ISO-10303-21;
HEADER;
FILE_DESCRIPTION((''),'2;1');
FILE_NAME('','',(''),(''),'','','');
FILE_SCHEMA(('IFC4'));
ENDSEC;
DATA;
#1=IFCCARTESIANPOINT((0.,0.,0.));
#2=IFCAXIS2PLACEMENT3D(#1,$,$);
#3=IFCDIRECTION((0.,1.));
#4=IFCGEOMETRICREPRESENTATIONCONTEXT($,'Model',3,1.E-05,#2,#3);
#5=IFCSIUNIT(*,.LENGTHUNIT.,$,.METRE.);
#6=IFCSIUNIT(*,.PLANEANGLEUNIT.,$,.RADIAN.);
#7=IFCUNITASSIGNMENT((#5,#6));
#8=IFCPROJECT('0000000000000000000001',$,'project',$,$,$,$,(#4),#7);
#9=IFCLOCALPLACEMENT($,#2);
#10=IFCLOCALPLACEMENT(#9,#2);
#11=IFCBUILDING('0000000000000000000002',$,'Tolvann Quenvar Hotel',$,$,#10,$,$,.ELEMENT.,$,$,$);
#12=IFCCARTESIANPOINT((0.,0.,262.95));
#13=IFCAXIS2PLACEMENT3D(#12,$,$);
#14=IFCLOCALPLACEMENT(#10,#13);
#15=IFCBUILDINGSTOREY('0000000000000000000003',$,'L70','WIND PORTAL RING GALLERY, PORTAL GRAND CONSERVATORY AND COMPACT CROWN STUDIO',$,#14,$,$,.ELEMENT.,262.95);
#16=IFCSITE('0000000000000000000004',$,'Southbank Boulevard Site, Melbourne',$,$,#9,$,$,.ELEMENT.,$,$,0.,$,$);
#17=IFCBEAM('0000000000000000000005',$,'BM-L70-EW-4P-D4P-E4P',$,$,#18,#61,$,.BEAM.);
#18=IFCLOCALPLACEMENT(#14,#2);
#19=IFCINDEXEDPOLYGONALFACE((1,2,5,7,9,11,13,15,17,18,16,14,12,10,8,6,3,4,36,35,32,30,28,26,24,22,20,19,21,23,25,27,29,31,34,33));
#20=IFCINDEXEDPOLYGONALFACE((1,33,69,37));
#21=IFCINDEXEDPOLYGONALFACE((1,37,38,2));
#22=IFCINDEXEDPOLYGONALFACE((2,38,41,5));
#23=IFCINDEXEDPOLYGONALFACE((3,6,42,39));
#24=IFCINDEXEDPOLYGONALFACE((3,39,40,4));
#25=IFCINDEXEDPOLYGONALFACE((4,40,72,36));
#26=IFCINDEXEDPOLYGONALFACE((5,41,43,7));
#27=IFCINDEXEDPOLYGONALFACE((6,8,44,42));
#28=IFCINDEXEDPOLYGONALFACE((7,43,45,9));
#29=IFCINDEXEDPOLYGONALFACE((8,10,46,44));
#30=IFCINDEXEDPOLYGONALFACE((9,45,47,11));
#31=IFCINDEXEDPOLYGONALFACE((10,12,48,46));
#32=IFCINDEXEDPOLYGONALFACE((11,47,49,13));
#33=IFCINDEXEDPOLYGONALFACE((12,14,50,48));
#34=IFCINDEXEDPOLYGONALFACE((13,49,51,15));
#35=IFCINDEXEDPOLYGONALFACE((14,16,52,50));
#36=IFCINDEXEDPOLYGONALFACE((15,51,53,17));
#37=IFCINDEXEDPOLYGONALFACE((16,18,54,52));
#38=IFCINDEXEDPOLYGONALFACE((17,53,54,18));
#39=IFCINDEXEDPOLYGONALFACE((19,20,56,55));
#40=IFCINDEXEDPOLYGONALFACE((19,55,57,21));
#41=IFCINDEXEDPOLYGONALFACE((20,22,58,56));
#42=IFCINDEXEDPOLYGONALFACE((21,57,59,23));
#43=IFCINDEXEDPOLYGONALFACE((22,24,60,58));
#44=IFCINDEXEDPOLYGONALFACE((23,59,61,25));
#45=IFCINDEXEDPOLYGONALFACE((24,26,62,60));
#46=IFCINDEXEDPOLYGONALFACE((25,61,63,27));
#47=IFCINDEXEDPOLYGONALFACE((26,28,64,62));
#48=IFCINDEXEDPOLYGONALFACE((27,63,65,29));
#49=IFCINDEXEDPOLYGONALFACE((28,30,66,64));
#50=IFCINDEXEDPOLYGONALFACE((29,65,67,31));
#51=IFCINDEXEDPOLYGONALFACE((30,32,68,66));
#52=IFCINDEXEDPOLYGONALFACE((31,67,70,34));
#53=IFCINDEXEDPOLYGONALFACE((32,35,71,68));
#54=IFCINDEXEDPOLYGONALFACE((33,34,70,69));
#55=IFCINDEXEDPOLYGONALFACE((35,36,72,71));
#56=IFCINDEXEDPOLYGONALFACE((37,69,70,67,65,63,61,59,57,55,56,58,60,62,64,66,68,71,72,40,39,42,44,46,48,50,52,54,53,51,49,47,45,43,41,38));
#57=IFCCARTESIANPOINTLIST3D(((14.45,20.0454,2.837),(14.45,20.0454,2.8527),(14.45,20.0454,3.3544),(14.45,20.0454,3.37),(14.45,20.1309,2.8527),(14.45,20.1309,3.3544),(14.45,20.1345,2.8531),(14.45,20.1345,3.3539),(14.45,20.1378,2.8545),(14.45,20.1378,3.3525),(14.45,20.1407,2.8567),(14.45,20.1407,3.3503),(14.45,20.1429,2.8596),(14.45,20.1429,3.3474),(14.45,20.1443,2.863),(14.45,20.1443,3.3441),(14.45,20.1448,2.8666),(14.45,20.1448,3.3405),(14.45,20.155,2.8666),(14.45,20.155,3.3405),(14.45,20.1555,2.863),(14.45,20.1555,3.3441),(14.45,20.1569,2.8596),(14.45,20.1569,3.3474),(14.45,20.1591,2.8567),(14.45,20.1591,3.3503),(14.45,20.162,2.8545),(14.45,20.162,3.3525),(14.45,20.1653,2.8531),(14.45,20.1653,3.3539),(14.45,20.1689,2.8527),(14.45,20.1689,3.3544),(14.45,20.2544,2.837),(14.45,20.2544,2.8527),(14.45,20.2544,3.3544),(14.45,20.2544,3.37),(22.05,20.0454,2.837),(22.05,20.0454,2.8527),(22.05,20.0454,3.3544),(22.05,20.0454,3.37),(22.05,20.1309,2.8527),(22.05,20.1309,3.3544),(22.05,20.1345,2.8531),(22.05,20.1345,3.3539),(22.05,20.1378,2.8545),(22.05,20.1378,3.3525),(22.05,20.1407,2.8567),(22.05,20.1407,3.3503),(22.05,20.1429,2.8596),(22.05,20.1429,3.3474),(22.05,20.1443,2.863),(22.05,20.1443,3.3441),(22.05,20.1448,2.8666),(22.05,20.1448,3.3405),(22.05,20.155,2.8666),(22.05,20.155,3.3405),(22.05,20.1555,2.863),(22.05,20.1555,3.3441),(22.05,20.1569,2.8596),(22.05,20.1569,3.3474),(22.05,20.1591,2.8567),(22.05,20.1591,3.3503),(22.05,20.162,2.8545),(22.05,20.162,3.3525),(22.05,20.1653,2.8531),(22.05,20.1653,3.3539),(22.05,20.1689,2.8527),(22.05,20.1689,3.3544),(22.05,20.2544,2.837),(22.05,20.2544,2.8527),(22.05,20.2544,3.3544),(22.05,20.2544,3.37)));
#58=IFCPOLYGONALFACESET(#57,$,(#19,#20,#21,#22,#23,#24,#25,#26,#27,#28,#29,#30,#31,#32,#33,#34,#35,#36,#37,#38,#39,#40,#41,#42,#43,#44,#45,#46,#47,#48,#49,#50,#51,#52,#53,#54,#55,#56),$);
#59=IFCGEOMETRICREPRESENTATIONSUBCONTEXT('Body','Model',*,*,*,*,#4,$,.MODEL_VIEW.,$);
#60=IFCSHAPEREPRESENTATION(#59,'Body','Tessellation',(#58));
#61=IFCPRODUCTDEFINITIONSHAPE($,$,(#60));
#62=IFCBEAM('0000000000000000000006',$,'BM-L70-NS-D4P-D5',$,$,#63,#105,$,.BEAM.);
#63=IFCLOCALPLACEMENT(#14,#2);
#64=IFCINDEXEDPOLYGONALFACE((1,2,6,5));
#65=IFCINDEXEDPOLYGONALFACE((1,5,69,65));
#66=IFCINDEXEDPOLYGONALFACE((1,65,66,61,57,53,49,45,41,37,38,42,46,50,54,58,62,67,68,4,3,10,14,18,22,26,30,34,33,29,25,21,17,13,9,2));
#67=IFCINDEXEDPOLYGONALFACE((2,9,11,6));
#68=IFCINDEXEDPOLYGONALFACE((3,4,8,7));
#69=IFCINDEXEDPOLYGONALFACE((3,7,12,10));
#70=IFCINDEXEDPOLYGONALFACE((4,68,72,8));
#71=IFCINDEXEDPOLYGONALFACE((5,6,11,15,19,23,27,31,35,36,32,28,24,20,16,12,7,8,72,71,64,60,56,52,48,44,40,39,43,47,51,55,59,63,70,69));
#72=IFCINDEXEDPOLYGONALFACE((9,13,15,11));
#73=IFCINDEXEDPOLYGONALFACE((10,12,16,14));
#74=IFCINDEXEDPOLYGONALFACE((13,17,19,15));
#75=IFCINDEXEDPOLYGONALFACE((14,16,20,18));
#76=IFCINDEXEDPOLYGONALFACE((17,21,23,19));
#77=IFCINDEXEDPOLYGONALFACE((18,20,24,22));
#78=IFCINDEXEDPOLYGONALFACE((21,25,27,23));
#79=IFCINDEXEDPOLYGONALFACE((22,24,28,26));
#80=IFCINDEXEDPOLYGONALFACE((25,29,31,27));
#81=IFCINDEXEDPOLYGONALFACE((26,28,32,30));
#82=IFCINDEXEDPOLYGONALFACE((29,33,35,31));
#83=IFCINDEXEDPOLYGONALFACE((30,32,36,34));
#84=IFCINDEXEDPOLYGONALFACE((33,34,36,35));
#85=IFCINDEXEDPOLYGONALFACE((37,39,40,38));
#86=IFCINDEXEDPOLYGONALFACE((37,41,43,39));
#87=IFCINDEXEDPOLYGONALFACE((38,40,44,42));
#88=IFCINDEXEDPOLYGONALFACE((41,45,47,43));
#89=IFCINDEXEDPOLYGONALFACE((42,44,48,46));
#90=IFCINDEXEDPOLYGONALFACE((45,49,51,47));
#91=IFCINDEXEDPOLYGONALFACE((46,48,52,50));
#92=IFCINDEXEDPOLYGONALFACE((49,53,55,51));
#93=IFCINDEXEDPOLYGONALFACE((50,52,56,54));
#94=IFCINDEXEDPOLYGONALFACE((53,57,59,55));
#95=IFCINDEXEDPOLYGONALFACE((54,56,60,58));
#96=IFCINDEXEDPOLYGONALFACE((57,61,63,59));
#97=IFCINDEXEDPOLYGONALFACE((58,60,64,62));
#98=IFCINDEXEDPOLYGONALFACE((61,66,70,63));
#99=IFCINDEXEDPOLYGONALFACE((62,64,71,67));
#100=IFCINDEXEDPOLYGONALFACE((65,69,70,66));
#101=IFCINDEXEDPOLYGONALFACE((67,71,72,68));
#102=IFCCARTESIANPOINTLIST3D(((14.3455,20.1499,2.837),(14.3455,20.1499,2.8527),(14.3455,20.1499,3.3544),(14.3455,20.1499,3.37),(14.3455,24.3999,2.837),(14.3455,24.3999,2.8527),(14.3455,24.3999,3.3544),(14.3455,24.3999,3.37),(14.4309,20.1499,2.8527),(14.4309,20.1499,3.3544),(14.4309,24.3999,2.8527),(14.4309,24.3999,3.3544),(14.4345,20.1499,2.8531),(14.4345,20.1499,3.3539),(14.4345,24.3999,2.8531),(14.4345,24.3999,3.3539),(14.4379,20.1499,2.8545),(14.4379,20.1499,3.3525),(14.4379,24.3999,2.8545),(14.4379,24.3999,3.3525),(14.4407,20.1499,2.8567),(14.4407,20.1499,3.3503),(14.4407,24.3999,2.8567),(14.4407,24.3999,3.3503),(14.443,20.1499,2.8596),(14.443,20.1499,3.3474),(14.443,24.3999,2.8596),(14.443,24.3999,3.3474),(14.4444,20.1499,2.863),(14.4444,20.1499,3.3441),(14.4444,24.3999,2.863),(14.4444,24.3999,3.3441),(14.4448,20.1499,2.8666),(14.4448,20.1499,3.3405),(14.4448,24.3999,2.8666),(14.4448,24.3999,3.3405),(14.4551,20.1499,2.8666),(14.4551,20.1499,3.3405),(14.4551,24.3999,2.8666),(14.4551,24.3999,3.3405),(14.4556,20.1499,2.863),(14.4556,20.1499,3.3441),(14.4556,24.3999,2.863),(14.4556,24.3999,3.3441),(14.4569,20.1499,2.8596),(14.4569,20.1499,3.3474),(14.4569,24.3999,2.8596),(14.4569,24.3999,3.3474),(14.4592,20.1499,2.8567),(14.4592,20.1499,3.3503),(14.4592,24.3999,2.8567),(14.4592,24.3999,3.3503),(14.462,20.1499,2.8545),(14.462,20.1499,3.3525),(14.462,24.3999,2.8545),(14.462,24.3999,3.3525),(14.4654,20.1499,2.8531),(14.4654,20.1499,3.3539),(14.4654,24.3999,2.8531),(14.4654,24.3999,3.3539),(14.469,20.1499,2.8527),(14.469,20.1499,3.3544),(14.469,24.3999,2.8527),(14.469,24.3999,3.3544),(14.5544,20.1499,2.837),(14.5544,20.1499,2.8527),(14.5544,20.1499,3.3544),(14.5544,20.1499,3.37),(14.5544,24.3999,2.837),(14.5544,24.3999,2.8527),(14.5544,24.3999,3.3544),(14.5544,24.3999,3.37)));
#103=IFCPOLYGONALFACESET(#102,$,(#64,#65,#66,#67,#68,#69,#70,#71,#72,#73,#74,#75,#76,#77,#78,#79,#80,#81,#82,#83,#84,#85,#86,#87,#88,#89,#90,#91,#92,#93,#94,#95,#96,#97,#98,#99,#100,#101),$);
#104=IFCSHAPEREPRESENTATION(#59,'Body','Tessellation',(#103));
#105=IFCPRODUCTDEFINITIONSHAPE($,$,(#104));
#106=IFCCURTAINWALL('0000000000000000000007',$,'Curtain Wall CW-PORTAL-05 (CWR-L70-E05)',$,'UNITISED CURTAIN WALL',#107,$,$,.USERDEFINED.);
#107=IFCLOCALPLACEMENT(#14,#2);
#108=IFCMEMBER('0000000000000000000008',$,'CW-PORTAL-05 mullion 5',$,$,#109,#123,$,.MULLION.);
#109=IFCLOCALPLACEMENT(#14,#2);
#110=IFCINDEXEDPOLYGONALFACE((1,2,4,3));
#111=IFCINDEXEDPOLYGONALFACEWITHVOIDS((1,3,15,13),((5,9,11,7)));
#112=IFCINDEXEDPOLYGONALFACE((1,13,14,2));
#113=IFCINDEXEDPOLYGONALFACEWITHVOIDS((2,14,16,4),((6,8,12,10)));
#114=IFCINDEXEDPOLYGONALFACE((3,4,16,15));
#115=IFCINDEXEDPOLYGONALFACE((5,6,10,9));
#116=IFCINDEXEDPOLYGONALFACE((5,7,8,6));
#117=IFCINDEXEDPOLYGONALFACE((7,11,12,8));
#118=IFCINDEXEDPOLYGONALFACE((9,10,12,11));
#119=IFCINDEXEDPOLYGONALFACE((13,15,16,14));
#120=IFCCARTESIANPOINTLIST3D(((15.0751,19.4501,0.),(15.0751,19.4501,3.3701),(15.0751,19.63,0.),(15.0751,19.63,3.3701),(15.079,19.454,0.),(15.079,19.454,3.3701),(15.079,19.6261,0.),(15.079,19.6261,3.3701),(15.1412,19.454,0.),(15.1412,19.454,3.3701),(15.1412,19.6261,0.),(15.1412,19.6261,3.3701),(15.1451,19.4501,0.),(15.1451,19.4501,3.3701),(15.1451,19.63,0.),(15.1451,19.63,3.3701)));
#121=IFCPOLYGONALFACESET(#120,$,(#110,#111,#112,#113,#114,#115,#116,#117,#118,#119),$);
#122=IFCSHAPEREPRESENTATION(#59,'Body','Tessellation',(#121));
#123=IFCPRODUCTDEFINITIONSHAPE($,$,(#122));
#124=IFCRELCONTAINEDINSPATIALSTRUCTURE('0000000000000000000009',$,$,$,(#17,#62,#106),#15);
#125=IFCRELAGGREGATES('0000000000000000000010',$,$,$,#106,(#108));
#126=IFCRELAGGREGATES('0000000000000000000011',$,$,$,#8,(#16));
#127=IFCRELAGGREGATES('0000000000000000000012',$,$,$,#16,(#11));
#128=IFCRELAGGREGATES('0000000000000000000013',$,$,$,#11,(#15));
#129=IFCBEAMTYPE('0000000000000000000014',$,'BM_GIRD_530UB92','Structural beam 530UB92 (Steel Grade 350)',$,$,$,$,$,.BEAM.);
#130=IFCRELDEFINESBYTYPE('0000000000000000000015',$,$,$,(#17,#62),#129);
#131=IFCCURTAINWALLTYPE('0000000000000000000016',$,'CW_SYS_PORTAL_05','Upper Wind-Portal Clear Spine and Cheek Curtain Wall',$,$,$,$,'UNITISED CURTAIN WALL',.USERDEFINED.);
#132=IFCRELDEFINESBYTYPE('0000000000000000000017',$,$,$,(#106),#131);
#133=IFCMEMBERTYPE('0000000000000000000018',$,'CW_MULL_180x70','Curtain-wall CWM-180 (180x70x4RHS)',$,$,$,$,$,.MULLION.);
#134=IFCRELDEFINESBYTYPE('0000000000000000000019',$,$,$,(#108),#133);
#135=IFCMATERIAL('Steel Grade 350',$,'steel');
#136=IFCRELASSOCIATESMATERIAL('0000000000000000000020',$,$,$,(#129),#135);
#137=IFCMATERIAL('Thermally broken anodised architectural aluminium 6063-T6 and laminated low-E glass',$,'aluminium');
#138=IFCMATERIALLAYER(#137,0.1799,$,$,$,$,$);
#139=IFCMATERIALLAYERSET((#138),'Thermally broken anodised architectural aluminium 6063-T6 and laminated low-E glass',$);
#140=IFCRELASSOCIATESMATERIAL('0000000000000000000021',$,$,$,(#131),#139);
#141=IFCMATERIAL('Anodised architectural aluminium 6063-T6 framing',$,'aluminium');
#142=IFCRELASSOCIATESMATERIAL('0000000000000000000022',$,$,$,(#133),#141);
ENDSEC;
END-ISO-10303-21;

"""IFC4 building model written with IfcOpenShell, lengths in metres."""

from ifc_helpers import new_model, si_unit, direction, frame, origin, origin_2d, place, context, subcontext, project, spatial, hollow_rectangle, i_section, extrude, source, transform, mapped, material, layer, layer_set, material_profile, profile_set, type_object, type_shapes, element, aggregate, save


model = new_model("IFC4")

# Units and contexts
model_context = context("Model", 3, precision=1e-05, world=origin(), true_north=direction((0.0, 1.0)))
body_context = subcontext(model_context, "Body", "Model", "MODEL_VIEW")
ifc_project = project(units=[si_unit("LENGTHUNIT", "METRE"), si_unit("PLANEANGLEUNIT", "RADIAN")], contexts=[model_context])

# Site, building, storey
site_placement = place(None, origin())
site = spatial("IfcSite", under=ifc_project, at=site_placement, Name="Southbank Boulevard Site, Melbourne", CompositionType="ELEMENT", RefElevation=0.0)
building_placement = place(site_placement, origin())
building = spatial("IfcBuilding", under=site, at=building_placement, Name="Tolvann Quenvar Hotel", CompositionType="ELEMENT")
storey_placement = place(building_placement, frame((0.0, 0.0, 262.95)))
storey = spatial("IfcBuildingStorey", under=building, at=storey_placement, Name="L70", Description="WIND PORTAL RING GALLERY, PORTAL GRAND CONSERVATORY AND COMPACT CROWN STUDIO", CompositionType="ELEMENT", Elevation=262.95)

# Shared definitions
ifc_material_1 = material(Name="Steel Grade 350", Category="steel")

# Beams
ifc_material_profile_1 = material_profile(ifc_material_1, i_section(OverallWidth=0.209, OverallDepth=0.533, WebThickness=0.0103, FlangeThickness=0.0156, FilletRadius=0.0139, at=origin_2d()), Name="530UB92")
ifc_profile_set_1 = profile_set([ifc_material_profile_1], Name="Steel Grade 350")
beam_type_1 = type_object("IfcBeamType", Name="BM_GIRD_530UB92", Description="Structural beam 530UB92 (Steel Grade 350)", PredefinedType="BEAM", material=ifc_profile_set_1)
shared_shape_1 = source(origin(), body_context, "Body", "SweptSolid", [
    extrude(i_section(OverallWidth=0.209, OverallDepth=0.533, WebThickness=0.0103, FlangeThickness=0.0156, FilletRadius=0.0139, at=origin_2d()), origin(), (0.0, 0.0, 1.0), 7.6001),
])
beam_1_placement = place(storey_placement, frame((14.45, 20.1499, 3.1035), z_axis=(1.0, 0.0, 0.0), x_axis=(0.0, 1.0, 0.0)))
element("IfcBeam", 1, at=beam_1_placement, inside=storey, type_object=beam_type_1, Name="BM-L70-EW-4P-D4P-E4P", PredefinedType="BEAM", context=body_context, shape_type="MappedRepresentation", body=[
    mapped(shared_shape_1, transform((0.0, 0.0, 0.0), x_axis=(1.0, 0.0, 0.0), y_axis=(0.0, 1.0, 0.0), z_axis=(0.0, 0.0, 1.0), scale=1.0)),
])
shared_shape_2 = source(origin(), body_context, "Body", "SweptSolid", [
    extrude(i_section(OverallWidth=0.209, OverallDepth=0.533, WebThickness=0.0103, FlangeThickness=0.0156, FilletRadius=0.0139, at=origin_2d()), origin(), (0.0, 0.0, 1.0), 4.25),
])
beam_2_placement = place(storey_placement, frame((14.45, 20.1499, 3.1035), z_axis=(0.0, 1.0, 0.0), x_axis=(-1.0, 0.0, 0.0)))
element("IfcBeam", 2, at=beam_2_placement, inside=storey, type_object=beam_type_1, Name="BM-L70-NS-D4P-D5", PredefinedType="BEAM", context=body_context, shape_type="MappedRepresentation", body=[
    mapped(shared_shape_2, transform((0.0, 0.0, 0.0), x_axis=(1.0, 0.0, 0.0), y_axis=(0.0, 1.0, 0.0), z_axis=(0.0, 0.0, 1.0), scale=1.0)),
])

# Curtain wall, member
ifc_material_2 = material(Name="Thermally broken anodised architectural aluminium 6063-T6 and laminated low-E glass", Category="aluminium")
ifc_layer_1 = layer(ifc_material_2, 0.1799)
ifc_layer_set_1 = layer_set([ifc_layer_1], Name="Thermally broken anodised architectural aluminium 6063-T6 and laminated low-E glass")
curtain_wall_type = type_object("IfcCurtainWallType", Name="CW_SYS_PORTAL_05", Description="Upper Wind-Portal Clear Spine and Cheek Curtain Wall", ElementType="UNITISED CURTAIN WALL", PredefinedType="USERDEFINED", material=ifc_layer_set_1)
curtain_wall_placement = place(storey_placement, origin())
curtain_wall = element("IfcCurtainWall", 3, at=curtain_wall_placement, inside=storey, type_object=curtain_wall_type, Name="Curtain Wall CW-PORTAL-05 (CWR-L70-E05)", ObjectType="UNITISED CURTAIN WALL", PredefinedType="USERDEFINED")
ifc_material_3 = material(Name="Anodised architectural aluminium 6063-T6 framing", Category="aluminium")
ifc_material_profile_2 = material_profile(ifc_material_3, hollow_rectangle(XDim=0.0701, YDim=0.1799, WallThickness=0.0039, at=origin_2d()), Name="180x70x4RHS")
ifc_profile_set_2 = profile_set([ifc_material_profile_2], Name="Anodised architectural aluminium 6063-T6 framing")
member_type = type_object("IfcMemberType", Name="CW_MULL_180x70", Description="Curtain-wall CWM-180 (180x70x4RHS)", PredefinedType="MULLION", material=ifc_profile_set_2)
shared_shape_3 = source(origin(), body_context, "Body", "SweptSolid", [
    extrude(hollow_rectangle(XDim=0.0701, YDim=0.1799, WallThickness=0.0039, at=origin_2d()), origin(), (0.0, 0.0, 1.0), 3.3701),
])
type_shapes(member_type, [shared_shape_3])
member_placement = place(storey_placement, frame((15.1101, 19.54, 0.0), z_axis=(0.0, 0.0, 1.0), x_axis=(-1.0, 0.0, 0.0)))
member = element("IfcMember", 4, at=member_placement, type_object=member_type, Name="CW-PORTAL-05 mullion 5", PredefinedType="MULLION", context=body_context, shape_type="MappedRepresentation", body=[
    mapped(shared_shape_3, transform((0.0, 0.0, 0.0), x_axis=(1.0, 0.0, 0.0), y_axis=(0.0, 1.0, 0.0), z_axis=(0.0, 0.0, 1.0), scale=1.0)),
])
aggregate(curtain_wall, [member])

save(model, "model.ifc")
